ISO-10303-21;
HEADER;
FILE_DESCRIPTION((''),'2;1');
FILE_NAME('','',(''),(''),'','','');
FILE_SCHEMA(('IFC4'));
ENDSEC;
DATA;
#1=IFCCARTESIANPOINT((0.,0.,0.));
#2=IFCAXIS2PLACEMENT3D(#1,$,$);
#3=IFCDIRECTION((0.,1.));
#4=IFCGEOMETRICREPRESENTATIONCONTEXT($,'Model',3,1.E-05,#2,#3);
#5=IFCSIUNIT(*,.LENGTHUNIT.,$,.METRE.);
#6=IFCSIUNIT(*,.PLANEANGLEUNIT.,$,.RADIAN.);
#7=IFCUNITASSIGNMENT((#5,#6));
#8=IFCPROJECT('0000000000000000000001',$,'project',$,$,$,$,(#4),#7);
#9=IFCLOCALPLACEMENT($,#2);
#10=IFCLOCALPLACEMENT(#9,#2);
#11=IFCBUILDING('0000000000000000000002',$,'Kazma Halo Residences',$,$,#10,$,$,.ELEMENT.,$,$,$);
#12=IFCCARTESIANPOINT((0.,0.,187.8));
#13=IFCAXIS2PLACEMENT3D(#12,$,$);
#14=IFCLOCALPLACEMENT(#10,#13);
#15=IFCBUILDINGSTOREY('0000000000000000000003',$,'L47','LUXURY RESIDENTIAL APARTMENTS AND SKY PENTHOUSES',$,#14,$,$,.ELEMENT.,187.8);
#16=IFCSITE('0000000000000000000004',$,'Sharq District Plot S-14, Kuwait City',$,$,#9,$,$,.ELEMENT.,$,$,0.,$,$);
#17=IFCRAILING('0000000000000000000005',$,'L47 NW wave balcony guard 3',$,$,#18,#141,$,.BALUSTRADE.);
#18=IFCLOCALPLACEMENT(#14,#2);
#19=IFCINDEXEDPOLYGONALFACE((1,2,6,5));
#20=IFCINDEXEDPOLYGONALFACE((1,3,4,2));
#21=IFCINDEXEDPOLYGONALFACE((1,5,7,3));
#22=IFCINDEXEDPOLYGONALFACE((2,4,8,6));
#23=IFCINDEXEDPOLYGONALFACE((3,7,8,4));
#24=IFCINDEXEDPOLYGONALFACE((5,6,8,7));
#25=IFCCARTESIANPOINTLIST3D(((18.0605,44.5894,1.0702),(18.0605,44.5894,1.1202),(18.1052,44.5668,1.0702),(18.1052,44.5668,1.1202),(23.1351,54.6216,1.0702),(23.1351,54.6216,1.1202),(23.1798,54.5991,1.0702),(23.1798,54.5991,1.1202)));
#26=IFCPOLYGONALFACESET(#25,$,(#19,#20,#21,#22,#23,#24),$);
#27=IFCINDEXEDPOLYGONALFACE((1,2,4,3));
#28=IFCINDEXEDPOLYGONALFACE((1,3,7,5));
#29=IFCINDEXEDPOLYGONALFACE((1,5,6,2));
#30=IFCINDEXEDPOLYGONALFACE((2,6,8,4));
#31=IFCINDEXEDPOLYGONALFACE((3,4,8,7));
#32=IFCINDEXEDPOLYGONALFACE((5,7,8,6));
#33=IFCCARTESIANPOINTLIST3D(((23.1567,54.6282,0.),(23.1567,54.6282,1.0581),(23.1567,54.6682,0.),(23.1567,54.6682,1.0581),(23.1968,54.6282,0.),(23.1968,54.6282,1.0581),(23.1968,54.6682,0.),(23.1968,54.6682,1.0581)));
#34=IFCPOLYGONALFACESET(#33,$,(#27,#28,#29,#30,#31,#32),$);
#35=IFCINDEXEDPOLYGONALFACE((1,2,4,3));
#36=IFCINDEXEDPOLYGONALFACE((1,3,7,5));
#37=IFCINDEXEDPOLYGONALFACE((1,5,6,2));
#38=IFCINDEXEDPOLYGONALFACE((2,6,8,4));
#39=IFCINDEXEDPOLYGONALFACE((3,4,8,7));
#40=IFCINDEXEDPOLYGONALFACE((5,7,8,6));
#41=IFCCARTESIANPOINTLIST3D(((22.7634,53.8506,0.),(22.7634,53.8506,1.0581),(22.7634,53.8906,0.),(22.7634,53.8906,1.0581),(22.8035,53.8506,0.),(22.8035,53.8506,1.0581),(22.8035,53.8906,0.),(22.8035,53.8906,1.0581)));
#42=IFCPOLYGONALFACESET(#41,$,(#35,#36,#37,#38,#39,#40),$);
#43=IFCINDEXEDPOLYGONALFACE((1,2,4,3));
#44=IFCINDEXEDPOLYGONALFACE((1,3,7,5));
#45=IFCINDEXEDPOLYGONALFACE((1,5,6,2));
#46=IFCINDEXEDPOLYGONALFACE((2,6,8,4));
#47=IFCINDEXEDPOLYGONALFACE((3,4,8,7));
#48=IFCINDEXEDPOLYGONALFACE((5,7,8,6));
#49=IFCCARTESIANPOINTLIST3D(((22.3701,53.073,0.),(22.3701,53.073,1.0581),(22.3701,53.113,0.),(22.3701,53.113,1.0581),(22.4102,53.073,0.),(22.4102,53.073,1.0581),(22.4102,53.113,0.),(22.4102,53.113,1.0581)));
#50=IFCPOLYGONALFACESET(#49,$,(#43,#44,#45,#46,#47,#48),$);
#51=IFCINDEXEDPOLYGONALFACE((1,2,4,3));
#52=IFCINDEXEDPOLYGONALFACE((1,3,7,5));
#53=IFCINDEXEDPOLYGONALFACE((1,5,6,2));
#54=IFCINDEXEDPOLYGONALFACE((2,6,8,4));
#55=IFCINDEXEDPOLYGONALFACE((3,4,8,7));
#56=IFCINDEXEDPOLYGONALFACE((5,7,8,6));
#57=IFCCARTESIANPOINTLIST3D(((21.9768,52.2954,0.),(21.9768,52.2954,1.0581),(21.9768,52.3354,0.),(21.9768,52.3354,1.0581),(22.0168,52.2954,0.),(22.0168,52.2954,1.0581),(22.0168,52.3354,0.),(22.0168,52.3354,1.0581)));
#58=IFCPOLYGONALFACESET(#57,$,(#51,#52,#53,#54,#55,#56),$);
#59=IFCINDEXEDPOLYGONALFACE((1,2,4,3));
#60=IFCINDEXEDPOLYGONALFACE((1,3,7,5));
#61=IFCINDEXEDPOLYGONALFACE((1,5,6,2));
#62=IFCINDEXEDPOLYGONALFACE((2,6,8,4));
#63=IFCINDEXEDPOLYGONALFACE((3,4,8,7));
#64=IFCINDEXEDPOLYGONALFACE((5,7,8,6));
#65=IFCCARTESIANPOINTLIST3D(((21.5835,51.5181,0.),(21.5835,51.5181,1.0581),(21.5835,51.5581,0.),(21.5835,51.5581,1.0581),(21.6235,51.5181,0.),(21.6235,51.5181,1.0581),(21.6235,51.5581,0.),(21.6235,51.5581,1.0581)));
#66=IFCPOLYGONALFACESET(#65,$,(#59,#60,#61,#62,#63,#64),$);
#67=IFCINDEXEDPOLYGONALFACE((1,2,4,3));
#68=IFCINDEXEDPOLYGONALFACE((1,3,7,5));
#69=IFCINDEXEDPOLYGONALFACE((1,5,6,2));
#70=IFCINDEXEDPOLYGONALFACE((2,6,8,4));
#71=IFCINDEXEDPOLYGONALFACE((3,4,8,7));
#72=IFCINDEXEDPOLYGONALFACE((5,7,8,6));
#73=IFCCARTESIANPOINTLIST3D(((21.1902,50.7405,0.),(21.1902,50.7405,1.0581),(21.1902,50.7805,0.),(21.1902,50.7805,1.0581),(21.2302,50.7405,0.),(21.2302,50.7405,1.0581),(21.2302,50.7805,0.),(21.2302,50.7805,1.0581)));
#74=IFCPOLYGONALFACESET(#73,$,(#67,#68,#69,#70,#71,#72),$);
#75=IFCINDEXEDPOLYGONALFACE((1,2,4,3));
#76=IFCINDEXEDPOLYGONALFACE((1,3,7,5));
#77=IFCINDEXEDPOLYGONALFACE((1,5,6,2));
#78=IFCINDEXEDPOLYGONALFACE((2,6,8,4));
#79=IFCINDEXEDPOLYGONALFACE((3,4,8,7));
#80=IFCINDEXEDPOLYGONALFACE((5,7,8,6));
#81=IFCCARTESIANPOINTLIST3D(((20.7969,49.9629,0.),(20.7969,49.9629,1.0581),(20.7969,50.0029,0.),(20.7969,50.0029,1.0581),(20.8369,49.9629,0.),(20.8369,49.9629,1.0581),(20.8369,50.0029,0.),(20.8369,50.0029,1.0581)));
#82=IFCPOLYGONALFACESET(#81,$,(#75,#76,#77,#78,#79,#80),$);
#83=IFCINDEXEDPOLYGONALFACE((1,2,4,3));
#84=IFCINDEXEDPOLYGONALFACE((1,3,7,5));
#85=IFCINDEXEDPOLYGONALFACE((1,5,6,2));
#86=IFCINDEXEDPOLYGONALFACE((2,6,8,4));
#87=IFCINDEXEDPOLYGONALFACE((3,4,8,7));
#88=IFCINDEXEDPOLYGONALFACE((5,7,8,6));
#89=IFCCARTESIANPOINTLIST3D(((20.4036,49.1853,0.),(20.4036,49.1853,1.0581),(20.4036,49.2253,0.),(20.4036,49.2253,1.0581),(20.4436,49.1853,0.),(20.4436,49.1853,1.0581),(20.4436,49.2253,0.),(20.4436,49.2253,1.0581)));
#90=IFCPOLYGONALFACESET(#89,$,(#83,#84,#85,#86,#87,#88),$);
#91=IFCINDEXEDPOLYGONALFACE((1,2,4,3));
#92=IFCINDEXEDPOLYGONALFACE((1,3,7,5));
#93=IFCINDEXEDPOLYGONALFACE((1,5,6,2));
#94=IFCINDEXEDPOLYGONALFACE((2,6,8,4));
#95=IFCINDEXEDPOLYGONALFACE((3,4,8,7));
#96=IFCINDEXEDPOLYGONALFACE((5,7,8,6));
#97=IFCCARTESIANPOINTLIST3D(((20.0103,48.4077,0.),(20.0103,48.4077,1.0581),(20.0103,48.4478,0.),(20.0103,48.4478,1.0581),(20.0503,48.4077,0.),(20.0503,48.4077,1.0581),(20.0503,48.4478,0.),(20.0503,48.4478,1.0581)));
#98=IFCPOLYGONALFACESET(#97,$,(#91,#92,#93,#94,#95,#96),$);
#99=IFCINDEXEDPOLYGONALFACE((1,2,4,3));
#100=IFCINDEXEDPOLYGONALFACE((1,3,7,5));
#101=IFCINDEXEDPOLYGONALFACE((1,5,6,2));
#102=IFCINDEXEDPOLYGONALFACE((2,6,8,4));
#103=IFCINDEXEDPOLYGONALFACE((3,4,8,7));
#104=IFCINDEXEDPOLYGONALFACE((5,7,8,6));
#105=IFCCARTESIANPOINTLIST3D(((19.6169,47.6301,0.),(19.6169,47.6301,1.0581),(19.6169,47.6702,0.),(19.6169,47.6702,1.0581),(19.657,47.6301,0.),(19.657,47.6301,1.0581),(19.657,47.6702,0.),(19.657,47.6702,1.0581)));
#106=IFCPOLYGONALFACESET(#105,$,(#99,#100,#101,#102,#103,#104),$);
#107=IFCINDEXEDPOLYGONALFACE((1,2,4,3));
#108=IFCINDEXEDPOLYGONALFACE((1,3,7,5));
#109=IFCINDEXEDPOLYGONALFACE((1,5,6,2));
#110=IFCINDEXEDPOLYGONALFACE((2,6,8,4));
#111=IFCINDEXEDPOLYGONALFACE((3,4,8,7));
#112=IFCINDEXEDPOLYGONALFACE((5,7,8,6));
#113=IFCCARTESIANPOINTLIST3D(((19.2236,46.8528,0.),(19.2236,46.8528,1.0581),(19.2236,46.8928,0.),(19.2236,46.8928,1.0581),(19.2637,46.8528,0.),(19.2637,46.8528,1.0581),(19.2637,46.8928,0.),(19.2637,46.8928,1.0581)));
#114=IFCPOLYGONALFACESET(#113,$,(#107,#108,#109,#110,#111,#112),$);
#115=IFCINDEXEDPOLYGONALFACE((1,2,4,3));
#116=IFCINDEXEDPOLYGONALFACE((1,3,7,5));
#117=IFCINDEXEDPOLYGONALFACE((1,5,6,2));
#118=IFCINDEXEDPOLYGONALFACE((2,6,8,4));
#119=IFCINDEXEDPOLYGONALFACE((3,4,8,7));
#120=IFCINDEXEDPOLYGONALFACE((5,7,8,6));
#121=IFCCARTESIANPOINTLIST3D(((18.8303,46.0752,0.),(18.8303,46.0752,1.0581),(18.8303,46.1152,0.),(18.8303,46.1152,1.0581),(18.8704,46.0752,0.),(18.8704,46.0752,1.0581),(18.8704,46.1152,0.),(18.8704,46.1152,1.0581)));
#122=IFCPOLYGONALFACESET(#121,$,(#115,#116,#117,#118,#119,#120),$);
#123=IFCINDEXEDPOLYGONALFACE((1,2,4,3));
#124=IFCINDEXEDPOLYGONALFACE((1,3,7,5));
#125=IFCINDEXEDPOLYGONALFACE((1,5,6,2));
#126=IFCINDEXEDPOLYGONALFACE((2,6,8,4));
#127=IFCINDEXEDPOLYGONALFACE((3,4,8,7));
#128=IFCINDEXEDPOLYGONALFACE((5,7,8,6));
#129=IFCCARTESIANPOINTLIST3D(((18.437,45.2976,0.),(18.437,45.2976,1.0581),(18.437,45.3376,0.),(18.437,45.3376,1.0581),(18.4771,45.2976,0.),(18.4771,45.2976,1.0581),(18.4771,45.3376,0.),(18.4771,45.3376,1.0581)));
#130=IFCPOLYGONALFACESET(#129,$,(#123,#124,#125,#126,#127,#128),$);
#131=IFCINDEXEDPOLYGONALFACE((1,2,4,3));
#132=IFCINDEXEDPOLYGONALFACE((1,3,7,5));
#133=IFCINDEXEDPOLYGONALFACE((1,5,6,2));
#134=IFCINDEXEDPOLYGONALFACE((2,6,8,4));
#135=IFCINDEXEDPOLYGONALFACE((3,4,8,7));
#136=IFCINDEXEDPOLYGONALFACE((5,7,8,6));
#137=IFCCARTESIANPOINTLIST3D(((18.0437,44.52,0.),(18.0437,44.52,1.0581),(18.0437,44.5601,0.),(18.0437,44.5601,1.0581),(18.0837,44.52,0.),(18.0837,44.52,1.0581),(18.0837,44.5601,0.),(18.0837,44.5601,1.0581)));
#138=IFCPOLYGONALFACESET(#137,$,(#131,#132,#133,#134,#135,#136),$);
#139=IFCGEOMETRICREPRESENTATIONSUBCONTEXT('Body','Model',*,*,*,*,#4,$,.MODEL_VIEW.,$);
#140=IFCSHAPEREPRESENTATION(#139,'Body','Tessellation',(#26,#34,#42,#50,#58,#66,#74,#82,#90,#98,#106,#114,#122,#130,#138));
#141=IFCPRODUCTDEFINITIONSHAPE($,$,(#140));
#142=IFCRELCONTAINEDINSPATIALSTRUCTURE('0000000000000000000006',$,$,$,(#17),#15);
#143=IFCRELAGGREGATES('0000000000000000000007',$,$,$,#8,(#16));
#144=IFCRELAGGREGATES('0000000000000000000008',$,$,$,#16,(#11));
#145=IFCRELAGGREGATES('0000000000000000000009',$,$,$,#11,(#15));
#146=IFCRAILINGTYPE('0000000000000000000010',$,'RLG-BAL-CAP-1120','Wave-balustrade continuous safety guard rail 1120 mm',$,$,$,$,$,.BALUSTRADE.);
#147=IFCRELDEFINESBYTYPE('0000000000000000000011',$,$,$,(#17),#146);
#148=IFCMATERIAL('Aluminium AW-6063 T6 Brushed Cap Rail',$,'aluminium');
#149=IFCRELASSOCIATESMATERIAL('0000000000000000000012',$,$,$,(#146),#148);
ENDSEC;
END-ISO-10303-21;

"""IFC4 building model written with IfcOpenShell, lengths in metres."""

from ifc_helpers import new_model, si_unit, direction, frame, origin, origin_2d, place, context, subcontext, project, spatial, rectangle, extrude, material, type_object, element, save


model = new_model("IFC4")

# Units and contexts
model_context = context("Model", 3, precision=1e-05, world=origin(), true_north=direction((0.0, 1.0)))
body_context = subcontext(model_context, "Body", "Model", "MODEL_VIEW")
ifc_project = project(units=[si_unit("LENGTHUNIT", "METRE"), si_unit("PLANEANGLEUNIT", "RADIAN")], contexts=[model_context])

# Site, building, storey
site_placement = place(None, origin())
site = spatial("IfcSite", under=ifc_project, at=site_placement, Name="Sharq District Plot S-14, Kuwait City", CompositionType="ELEMENT", RefElevation=0.0)
building_placement = place(site_placement, origin())
building = spatial("IfcBuilding", under=site, at=building_placement, Name="Kazma Halo Residences", CompositionType="ELEMENT")
storey_placement = place(building_placement, frame((0.0, 0.0, 187.8)))
storey = spatial("IfcBuildingStorey", under=building, at=storey_placement, Name="L47", Description="LUXURY RESIDENTIAL APARTMENTS AND SKY PENTHOUSES", CompositionType="ELEMENT", Elevation=187.8)

# Railing
ifc_material_1 = material(Name="Aluminium AW-6063 T6 Brushed Cap Rail", Category="aluminium")
railing_type = type_object("IfcRailingType", Name="RLG-BAL-CAP-1120", Description="Wave-balustrade continuous safety guard rail 1120 mm", PredefinedType="BALUSTRADE", material=ifc_material_1)
railing_1_placement = place(storey_placement, frame((23.1768, 54.6482, 0.0)))
element("IfcRailing", 1, at=railing_1_placement, inside=storey, type_object=railing_type, Name="L47 NW wave balcony guard 3", PredefinedType="BALUSTRADE", context=body_context, shape_type="SweptSolid", body=[
    extrude(rectangle(XDim=0.05, YDim=0.05, at=origin_2d()), frame((-0.0193, -0.0378, 1.0952), z_axis=(-0.451373, -0.892336, 0.0), x_axis=(0.892336, -0.451373, 0.0)), (0.0, 0.0, 1.0), 11.2427),
    extrude(rectangle(XDim=0.04, YDim=0.04, at=origin_2d()), origin(), (0.0, 0.0, 1.0), 1.0581),
    extrude(rectangle(XDim=0.04, YDim=0.04, at=origin_2d()), frame((-0.3933, -0.7776, 0.0)), (0.0, 0.0, 1.0), 1.0581),
    extrude(rectangle(XDim=0.04, YDim=0.04, at=origin_2d()), frame((-0.7866, -1.5552, 0.0)), (0.0, 0.0, 1.0), 1.0581),
    extrude(rectangle(XDim=0.04, YDim=0.04, at=origin_2d()), frame((-1.1799, -2.3328, 0.0)), (0.0, 0.0, 1.0), 1.0581),
    extrude(rectangle(XDim=0.04, YDim=0.04, at=origin_2d()), frame((-1.5732, -3.1101, 0.0)), (0.0, 0.0, 1.0), 1.0581),
    extrude(rectangle(XDim=0.04, YDim=0.04, at=origin_2d()), frame((-1.9666, -3.8877, 0.0)), (0.0, 0.0, 1.0), 1.0581),
    extrude(rectangle(XDim=0.04, YDim=0.04, at=origin_2d()), frame((-2.3599, -4.6653, 0.0)), (0.0, 0.0, 1.0), 1.0581),
    extrude(rectangle(XDim=0.04, YDim=0.04, at=origin_2d()), frame((-2.7532, -5.4429, 0.0)), (0.0, 0.0, 1.0), 1.0581),
    extrude(rectangle(XDim=0.04, YDim=0.04, at=origin_2d()), frame((-3.1465, -6.2205, 0.0)), (0.0, 0.0, 1.0), 1.0581),
    extrude(rectangle(XDim=0.04, YDim=0.04, at=origin_2d()), frame((-3.5398, -6.998, 0.0)), (0.0, 0.0, 1.0), 1.0581),
    extrude(rectangle(XDim=0.04, YDim=0.04, at=origin_2d()), frame((-3.9331, -7.7754, 0.0)), (0.0, 0.0, 1.0), 1.0581),
    extrude(rectangle(XDim=0.04, YDim=0.04, at=origin_2d()), frame((-4.3264, -8.553, 0.0)), (0.0, 0.0, 1.0), 1.0581),
    extrude(rectangle(XDim=0.04, YDim=0.04, at=origin_2d()), frame((-4.7197, -9.3306, 0.0)), (0.0, 0.0, 1.0), 1.0581),
    extrude(rectangle(XDim=0.04, YDim=0.04, at=origin_2d()), frame((-5.113, -10.1082, 0.0)), (0.0, 0.0, 1.0), 1.0581),
])

save(model, "model.ifc")
